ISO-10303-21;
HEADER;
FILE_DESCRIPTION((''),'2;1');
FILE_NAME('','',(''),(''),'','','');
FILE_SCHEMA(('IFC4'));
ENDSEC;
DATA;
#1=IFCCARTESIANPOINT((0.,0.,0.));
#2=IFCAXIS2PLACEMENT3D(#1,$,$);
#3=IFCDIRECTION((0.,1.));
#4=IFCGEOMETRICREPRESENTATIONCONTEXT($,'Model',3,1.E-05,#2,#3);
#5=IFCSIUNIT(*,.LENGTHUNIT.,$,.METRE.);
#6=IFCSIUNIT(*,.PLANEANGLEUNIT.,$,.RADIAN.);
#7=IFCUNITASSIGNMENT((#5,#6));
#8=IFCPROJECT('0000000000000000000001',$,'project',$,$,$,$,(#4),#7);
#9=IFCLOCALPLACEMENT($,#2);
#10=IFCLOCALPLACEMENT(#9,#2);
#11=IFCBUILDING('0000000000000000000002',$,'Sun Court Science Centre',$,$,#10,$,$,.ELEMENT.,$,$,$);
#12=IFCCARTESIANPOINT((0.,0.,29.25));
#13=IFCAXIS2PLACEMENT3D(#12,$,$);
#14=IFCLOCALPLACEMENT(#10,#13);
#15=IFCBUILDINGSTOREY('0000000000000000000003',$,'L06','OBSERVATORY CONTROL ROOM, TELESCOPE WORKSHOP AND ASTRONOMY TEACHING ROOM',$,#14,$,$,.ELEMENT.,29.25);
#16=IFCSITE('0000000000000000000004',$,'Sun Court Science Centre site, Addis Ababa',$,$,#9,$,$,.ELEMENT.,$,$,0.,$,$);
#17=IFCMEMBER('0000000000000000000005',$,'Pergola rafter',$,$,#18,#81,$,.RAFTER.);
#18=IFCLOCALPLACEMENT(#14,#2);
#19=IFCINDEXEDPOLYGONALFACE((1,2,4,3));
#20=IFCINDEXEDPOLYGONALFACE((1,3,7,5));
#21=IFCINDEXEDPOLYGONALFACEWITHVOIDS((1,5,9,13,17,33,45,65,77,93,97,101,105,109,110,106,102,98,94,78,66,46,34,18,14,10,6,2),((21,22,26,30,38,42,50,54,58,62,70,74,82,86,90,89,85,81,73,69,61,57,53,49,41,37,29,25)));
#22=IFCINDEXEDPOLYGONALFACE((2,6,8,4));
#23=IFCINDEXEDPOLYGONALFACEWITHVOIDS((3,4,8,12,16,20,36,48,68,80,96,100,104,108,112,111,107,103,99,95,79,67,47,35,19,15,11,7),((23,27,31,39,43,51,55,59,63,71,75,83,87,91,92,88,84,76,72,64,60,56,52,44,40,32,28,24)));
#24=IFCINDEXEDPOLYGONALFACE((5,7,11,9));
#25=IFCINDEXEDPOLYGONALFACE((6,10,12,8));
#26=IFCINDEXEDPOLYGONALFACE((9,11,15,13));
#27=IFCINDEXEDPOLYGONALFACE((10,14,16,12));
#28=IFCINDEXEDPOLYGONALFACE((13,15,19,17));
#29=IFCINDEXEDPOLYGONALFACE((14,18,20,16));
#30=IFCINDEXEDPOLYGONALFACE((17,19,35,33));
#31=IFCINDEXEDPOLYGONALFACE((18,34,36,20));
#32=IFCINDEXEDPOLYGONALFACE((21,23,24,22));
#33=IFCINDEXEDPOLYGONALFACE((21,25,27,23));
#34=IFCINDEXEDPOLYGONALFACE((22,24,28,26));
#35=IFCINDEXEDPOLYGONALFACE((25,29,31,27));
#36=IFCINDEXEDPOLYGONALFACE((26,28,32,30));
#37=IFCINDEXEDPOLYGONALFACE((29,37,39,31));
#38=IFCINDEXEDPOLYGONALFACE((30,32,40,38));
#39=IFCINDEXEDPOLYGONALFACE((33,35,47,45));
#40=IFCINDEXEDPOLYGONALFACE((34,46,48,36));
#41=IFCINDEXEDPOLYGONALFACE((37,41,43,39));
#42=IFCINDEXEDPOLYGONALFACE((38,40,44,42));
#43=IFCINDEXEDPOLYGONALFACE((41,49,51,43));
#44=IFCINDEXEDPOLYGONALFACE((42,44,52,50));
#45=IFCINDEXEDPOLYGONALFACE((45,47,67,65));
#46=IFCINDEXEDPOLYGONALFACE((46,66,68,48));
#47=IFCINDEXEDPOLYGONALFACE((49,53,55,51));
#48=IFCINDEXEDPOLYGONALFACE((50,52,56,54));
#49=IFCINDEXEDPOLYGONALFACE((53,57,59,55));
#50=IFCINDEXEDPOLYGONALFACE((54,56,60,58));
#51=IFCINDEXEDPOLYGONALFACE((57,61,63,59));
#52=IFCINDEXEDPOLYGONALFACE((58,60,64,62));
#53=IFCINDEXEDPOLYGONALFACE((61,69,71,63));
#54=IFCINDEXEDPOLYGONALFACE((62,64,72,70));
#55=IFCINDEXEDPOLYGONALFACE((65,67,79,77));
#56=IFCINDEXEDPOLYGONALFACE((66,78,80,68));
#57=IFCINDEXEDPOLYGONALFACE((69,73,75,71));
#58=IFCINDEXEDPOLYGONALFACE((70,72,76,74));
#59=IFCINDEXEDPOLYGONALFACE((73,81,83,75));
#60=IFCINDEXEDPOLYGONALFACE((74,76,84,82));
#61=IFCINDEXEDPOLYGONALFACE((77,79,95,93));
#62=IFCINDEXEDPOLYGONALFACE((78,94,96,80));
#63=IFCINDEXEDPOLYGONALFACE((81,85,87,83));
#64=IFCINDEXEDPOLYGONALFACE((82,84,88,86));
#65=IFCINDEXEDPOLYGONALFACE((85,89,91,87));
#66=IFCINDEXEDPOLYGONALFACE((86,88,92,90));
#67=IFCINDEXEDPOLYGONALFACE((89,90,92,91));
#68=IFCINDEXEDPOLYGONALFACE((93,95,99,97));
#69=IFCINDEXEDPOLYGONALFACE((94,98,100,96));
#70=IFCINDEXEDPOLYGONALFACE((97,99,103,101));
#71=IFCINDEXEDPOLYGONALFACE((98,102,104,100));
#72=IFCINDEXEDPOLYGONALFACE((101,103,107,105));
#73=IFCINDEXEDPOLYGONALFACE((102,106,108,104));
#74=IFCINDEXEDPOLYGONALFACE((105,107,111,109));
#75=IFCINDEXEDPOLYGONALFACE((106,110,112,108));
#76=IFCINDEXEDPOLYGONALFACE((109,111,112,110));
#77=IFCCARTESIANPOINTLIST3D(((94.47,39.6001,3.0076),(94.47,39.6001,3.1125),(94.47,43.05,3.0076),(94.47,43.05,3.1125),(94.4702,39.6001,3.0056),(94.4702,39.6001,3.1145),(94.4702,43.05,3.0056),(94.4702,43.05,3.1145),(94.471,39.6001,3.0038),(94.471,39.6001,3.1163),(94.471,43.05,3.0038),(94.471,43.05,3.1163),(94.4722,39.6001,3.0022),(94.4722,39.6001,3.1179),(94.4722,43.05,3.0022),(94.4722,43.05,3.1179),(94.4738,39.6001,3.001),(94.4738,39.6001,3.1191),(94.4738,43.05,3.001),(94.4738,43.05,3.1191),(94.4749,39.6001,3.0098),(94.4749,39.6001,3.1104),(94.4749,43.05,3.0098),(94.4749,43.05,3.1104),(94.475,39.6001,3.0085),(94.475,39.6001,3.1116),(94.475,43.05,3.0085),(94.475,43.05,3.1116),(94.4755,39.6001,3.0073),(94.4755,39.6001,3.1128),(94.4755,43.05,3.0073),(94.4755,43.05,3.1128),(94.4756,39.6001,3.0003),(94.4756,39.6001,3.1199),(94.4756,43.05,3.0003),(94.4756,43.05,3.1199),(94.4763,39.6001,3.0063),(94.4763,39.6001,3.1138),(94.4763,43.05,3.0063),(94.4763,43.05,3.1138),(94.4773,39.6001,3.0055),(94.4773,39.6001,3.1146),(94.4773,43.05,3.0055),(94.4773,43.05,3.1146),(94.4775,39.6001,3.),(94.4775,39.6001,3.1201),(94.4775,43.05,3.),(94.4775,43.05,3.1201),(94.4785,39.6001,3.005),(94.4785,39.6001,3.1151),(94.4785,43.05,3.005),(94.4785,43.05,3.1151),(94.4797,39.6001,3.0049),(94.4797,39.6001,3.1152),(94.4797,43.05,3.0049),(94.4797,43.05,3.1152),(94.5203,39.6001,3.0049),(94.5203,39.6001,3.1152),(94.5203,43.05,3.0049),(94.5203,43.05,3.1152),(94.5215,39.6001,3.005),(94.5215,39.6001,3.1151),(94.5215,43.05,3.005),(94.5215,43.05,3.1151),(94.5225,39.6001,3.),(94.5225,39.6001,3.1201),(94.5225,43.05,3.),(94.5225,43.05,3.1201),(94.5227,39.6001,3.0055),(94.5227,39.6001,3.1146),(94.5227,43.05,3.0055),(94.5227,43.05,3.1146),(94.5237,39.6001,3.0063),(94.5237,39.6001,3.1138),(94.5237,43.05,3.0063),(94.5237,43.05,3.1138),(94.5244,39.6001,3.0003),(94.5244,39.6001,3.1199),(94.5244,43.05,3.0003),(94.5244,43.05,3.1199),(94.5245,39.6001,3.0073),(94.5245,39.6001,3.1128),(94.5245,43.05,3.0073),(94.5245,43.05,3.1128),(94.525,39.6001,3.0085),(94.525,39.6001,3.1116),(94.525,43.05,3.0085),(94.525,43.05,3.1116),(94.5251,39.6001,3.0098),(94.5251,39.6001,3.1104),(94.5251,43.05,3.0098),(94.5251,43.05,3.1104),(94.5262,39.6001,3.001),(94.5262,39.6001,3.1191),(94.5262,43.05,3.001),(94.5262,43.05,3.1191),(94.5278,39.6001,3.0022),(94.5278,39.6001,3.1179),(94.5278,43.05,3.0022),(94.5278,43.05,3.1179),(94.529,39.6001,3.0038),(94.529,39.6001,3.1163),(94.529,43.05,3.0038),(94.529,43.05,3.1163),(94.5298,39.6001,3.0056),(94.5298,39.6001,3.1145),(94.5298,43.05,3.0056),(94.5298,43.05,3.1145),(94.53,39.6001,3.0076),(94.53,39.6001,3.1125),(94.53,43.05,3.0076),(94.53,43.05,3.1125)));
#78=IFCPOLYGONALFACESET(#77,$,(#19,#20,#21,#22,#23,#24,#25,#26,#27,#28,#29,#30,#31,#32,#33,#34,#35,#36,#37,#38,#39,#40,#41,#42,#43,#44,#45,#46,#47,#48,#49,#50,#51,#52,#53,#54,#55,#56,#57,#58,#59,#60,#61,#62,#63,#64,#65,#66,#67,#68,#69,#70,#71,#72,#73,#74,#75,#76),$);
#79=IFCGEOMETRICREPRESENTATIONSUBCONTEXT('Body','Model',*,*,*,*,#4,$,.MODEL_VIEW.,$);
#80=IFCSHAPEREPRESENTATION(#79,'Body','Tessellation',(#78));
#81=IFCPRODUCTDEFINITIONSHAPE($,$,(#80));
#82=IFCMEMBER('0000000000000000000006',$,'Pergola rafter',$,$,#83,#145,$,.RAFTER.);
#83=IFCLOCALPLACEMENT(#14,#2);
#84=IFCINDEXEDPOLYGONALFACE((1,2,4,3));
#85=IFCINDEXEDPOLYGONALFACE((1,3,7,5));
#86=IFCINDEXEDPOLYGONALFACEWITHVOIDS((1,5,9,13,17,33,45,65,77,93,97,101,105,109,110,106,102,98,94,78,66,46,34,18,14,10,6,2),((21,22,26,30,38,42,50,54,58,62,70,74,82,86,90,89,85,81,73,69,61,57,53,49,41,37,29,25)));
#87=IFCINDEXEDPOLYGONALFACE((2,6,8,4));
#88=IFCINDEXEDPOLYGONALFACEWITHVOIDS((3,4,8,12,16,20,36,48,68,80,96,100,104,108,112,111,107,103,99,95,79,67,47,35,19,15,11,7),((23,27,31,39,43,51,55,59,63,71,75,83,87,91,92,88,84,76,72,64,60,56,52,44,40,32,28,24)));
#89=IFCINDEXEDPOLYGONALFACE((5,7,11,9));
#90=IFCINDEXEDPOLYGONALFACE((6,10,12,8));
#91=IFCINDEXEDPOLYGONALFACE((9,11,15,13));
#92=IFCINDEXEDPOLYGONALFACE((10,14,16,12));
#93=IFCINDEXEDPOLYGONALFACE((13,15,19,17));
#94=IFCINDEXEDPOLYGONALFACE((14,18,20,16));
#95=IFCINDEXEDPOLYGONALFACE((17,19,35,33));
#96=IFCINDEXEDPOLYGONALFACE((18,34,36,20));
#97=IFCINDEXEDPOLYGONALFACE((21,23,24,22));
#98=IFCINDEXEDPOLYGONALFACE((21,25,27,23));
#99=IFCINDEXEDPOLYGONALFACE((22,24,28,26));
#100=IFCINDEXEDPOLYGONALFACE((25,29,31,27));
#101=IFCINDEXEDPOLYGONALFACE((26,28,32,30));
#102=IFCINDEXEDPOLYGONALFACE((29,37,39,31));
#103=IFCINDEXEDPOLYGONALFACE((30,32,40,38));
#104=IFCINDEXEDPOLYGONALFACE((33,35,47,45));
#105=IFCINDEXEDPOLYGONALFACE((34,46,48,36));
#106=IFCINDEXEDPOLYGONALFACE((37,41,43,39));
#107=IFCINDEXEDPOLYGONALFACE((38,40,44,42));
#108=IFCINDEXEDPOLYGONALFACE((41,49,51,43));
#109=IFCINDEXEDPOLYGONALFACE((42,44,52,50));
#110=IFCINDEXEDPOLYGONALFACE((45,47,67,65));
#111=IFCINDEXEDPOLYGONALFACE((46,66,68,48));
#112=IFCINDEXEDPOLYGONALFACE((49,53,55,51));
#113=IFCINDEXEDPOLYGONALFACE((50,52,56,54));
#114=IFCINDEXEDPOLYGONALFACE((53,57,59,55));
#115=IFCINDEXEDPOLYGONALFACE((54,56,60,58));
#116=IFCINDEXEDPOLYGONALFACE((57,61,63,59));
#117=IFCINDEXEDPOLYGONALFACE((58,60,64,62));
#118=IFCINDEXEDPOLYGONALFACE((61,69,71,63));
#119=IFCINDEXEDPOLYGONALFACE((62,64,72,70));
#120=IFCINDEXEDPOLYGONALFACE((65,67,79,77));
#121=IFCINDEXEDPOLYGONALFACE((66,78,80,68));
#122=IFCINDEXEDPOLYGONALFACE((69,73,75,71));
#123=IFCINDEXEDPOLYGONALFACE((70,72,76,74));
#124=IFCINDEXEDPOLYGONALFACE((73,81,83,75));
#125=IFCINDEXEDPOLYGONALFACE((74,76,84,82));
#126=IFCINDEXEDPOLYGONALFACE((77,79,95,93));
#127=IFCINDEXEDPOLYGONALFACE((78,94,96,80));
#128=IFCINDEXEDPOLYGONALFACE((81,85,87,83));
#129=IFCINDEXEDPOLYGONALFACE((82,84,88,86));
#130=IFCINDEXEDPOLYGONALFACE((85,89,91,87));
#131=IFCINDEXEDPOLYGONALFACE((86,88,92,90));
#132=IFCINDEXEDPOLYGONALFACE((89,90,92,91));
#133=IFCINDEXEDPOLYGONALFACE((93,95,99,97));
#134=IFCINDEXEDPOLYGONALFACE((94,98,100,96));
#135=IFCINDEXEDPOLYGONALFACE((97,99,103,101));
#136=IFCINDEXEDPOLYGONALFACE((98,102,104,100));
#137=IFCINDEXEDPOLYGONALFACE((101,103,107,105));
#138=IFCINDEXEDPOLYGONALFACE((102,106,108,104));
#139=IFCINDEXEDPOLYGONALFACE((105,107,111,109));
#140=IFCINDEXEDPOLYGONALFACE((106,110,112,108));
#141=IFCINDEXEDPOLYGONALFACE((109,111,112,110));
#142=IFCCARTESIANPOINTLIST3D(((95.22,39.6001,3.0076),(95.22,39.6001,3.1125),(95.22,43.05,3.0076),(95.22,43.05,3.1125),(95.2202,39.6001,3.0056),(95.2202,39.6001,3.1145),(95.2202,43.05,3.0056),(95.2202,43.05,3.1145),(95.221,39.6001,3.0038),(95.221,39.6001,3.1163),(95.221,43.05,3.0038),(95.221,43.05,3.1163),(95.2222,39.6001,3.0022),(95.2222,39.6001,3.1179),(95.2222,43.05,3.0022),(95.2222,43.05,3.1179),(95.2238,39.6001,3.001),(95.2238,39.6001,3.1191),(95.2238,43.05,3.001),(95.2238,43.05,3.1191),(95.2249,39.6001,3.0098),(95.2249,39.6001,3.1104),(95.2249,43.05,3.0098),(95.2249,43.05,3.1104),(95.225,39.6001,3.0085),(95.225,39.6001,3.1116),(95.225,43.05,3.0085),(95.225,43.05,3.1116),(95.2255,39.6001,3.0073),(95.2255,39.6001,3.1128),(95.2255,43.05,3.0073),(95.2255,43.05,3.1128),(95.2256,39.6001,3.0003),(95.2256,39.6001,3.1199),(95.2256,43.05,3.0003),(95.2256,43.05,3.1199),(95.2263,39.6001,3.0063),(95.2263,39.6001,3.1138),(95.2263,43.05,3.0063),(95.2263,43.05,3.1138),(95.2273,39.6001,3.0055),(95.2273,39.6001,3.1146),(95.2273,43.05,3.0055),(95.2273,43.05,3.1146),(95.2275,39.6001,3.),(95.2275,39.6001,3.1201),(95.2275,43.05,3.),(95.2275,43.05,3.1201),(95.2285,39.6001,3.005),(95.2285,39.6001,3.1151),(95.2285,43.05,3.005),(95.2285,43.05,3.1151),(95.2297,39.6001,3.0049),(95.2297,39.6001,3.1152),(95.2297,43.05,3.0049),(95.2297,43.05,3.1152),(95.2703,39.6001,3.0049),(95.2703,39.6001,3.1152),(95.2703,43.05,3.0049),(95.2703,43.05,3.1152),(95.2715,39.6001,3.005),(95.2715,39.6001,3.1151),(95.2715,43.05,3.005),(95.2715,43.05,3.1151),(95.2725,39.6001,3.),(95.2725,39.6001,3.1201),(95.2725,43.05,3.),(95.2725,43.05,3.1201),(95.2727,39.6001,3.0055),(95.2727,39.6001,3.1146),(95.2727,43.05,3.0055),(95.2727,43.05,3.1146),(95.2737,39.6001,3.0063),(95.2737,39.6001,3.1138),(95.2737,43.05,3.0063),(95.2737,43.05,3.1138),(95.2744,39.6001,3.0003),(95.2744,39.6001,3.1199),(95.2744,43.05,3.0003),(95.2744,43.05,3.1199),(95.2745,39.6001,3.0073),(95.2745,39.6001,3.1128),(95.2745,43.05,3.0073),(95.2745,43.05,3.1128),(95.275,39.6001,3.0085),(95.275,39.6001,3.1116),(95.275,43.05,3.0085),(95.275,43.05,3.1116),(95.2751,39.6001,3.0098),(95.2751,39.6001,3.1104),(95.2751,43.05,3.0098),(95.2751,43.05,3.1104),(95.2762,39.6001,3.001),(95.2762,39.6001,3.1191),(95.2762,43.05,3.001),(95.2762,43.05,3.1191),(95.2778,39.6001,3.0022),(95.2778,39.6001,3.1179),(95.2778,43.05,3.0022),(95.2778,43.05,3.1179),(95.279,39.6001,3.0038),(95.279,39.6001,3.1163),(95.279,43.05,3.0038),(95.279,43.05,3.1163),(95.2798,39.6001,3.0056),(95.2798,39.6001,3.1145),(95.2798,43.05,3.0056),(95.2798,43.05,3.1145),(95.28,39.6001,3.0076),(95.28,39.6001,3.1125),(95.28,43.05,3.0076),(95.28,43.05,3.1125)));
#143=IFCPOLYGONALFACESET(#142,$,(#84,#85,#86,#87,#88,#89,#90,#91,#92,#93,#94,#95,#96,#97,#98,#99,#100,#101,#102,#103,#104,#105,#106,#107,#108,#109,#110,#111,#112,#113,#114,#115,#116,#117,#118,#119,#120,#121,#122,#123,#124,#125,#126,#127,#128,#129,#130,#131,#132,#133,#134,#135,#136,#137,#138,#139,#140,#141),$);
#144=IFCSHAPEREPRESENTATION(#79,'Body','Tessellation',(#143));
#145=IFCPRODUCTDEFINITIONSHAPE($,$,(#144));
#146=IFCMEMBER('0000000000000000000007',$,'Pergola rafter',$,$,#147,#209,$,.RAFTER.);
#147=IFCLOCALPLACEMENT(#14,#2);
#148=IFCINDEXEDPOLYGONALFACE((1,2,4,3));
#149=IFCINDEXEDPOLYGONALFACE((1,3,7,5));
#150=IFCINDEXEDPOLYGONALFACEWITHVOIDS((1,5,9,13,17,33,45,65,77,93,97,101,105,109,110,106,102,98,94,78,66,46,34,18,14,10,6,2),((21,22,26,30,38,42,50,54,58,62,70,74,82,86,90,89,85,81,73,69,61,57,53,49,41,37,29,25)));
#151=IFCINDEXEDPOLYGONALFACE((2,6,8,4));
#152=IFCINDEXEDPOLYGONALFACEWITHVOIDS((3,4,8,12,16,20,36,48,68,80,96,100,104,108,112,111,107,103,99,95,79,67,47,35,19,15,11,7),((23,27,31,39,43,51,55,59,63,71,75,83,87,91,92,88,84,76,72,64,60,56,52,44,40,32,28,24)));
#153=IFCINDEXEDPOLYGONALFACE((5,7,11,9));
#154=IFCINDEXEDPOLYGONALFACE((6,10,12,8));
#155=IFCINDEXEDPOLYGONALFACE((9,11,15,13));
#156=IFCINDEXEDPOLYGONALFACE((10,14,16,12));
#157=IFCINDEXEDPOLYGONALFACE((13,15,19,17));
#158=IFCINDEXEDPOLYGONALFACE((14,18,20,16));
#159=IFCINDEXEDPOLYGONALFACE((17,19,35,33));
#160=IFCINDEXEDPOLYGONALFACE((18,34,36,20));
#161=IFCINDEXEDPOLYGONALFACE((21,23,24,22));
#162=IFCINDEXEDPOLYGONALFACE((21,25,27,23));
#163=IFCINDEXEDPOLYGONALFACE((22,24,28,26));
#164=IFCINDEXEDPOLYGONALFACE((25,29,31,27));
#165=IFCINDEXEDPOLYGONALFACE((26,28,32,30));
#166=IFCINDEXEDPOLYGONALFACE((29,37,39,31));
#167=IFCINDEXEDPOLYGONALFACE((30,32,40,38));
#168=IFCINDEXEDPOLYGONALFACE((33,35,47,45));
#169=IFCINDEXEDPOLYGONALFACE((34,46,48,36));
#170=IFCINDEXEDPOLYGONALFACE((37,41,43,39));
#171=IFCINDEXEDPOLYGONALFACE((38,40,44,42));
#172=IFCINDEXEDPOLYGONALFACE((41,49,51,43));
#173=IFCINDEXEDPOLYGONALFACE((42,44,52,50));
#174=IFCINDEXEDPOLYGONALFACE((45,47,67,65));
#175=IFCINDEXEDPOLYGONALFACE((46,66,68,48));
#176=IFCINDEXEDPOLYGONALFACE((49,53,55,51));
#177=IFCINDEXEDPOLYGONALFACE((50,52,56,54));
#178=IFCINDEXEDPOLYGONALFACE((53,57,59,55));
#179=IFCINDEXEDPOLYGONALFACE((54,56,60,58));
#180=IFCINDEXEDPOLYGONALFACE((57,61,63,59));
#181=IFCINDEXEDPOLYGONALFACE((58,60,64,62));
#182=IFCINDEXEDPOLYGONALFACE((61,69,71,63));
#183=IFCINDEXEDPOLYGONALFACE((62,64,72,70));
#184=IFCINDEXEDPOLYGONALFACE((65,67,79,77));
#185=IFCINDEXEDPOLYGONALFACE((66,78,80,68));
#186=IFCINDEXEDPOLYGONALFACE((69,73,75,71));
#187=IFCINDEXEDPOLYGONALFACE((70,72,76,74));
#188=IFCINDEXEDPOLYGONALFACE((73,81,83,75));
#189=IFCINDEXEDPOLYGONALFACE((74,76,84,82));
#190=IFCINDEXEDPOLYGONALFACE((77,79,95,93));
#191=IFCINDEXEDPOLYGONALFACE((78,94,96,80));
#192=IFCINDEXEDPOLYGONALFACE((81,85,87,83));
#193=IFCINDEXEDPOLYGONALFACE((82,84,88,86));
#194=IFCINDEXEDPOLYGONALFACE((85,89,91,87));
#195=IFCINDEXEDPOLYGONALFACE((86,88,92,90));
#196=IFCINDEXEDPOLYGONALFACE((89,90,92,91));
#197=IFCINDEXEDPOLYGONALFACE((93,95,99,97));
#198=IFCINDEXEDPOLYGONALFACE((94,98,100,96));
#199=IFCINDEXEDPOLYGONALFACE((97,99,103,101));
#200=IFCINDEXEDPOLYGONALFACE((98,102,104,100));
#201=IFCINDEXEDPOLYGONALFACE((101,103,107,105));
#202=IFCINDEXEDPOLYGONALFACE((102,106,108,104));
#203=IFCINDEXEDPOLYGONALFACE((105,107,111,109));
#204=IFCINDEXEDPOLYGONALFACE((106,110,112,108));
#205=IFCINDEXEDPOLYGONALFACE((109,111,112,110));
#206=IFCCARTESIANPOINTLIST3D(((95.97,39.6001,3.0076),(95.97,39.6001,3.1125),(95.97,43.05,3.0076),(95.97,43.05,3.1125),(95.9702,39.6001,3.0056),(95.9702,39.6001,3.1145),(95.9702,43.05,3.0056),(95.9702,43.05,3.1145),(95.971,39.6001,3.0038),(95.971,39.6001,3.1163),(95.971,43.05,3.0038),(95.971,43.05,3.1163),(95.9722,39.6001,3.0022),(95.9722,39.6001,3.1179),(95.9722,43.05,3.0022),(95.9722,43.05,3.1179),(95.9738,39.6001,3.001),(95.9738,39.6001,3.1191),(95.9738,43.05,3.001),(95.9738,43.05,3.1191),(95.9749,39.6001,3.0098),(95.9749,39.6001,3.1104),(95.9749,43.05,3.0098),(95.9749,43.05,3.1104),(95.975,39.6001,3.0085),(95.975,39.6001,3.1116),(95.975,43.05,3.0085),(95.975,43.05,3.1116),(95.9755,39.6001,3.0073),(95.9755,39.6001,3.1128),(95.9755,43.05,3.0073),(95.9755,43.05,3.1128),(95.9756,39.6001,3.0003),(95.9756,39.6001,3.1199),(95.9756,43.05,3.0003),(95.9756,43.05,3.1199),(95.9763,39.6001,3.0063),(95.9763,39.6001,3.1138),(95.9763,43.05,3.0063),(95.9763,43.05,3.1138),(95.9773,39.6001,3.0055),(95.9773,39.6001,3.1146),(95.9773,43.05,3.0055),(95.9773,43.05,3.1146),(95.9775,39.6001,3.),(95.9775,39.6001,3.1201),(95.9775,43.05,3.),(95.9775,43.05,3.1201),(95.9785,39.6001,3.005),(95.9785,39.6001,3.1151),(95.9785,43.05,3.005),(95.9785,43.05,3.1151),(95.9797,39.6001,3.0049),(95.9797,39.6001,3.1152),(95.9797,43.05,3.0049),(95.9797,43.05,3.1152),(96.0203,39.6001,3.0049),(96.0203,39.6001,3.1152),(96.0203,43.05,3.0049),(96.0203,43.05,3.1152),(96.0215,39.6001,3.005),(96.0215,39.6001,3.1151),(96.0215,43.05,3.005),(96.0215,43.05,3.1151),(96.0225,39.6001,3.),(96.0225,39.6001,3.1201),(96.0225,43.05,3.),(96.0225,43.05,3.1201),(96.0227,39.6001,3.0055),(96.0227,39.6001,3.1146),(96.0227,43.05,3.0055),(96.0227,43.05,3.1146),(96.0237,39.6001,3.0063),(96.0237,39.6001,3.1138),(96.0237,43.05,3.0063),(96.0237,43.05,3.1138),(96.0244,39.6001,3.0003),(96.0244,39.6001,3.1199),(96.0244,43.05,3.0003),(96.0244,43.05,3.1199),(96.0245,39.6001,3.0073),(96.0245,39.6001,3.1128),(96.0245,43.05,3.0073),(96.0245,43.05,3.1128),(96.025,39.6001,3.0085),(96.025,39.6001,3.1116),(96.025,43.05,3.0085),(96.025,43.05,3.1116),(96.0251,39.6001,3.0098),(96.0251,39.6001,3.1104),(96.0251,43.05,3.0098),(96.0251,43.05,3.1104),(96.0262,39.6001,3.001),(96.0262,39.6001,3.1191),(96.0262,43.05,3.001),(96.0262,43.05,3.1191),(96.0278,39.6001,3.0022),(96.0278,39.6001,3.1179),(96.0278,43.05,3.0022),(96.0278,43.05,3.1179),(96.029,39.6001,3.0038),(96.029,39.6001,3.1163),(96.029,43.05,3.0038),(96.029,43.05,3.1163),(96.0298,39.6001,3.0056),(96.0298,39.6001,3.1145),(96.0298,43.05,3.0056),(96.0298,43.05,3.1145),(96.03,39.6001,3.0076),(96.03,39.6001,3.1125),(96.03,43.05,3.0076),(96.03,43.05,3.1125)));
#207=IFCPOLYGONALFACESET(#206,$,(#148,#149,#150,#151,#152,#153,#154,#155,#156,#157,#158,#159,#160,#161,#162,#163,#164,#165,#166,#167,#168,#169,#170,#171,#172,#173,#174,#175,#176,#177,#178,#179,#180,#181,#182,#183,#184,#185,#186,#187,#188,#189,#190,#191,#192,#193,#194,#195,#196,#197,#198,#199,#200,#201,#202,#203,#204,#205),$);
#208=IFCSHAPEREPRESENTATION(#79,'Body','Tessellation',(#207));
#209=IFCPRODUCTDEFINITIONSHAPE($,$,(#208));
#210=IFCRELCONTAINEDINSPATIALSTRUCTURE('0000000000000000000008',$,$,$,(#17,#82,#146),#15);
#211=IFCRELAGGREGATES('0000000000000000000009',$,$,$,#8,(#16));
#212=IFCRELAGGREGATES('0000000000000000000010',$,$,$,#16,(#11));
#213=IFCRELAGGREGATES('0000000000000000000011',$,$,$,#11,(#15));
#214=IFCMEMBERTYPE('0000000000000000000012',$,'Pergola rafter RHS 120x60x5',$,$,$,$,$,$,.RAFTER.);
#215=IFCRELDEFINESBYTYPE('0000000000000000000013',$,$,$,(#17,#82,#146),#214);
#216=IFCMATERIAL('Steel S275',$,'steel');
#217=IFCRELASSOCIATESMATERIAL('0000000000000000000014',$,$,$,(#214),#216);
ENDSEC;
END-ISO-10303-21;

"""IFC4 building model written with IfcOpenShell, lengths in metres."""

from ifc_helpers import new_model, si_unit, direction, frame, origin, origin_2d, place, context, subcontext, project, spatial, hollow_rectangle, extrude, material, material_profile, profile_set, type_object, element, save


model = new_model("IFC4")

# Units and contexts
model_context = context("Model", 3, precision=1e-05, world=origin(), true_north=direction((0.0, 1.0)))
body_context = subcontext(model_context, "Body", "Model", "MODEL_VIEW")
ifc_project = project(units=[si_unit("LENGTHUNIT", "METRE"), si_unit("PLANEANGLEUNIT", "RADIAN")], contexts=[model_context])

# Site, building, storey
site_placement = place(None, origin())
site = spatial("IfcSite", under=ifc_project, at=site_placement, Name="Sun Court Science Centre site, Addis Ababa", CompositionType="ELEMENT", RefElevation=0.0)
building_placement = place(site_placement, origin())
building = spatial("IfcBuilding", under=site, at=building_placement, Name="Sun Court Science Centre", CompositionType="ELEMENT")
storey_placement = place(building_placement, frame((0.0, 0.0, 29.25)))
storey = spatial("IfcBuildingStorey", under=building, at=storey_placement, Name="L06", Description="OBSERVATORY CONTROL ROOM, TELESCOPE WORKSHOP AND ASTRONOMY TEACHING ROOM", CompositionType="ELEMENT", Elevation=29.25)

# Members
ifc_material_1 = material(Name="Steel S275", Category="steel")
ifc_material_profile_1 = material_profile(ifc_material_1, hollow_rectangle(XDim=0.0601, YDim=0.1201, WallThickness=0.0049, InnerFilletRadius=0.0049, OuterFilletRadius=0.0076, at=origin_2d()), Name="RHS 120x60x5")
ifc_profile_set_1 = profile_set([ifc_material_profile_1], Name="Steel S275")
member_type_1 = type_object("IfcMemberType", Name="Pergola rafter RHS 120x60x5", PredefinedType="RAFTER", material=ifc_profile_set_1)
for number, where, z_axis, x_axis, name in (
    (1, (94.5, 39.6001, 3.0601), (0.0, 1.0, 0.0), (-1.0, 0.0, 0.0), "Pergola rafter"),
    (2, (95.25, 39.6001, 3.0601), (0.0, 1.0, 0.0), (-1.0, 0.0, 0.0), "Pergola rafter"),
    (3, (96.0, 39.6001, 3.0601), (0.0, 1.0, 0.0), (-1.0, 0.0, 0.0), "Pergola rafter"),
):
    element("IfcMember", number, at=place(storey_placement, frame(where, z_axis=z_axis, x_axis=x_axis)), inside=storey, type_object=member_type_1, Name=name, PredefinedType="RAFTER", context=body_context, shape_type="SweptSolid", body=[
        extrude(hollow_rectangle(XDim=0.0601, YDim=0.1201, WallThickness=0.0049, InnerFilletRadius=0.0049, OuterFilletRadius=0.0076, at=origin_2d()), origin(), (0.0, 0.0, 1.0), 3.45),
    ])

save(model, "model.ifc")
